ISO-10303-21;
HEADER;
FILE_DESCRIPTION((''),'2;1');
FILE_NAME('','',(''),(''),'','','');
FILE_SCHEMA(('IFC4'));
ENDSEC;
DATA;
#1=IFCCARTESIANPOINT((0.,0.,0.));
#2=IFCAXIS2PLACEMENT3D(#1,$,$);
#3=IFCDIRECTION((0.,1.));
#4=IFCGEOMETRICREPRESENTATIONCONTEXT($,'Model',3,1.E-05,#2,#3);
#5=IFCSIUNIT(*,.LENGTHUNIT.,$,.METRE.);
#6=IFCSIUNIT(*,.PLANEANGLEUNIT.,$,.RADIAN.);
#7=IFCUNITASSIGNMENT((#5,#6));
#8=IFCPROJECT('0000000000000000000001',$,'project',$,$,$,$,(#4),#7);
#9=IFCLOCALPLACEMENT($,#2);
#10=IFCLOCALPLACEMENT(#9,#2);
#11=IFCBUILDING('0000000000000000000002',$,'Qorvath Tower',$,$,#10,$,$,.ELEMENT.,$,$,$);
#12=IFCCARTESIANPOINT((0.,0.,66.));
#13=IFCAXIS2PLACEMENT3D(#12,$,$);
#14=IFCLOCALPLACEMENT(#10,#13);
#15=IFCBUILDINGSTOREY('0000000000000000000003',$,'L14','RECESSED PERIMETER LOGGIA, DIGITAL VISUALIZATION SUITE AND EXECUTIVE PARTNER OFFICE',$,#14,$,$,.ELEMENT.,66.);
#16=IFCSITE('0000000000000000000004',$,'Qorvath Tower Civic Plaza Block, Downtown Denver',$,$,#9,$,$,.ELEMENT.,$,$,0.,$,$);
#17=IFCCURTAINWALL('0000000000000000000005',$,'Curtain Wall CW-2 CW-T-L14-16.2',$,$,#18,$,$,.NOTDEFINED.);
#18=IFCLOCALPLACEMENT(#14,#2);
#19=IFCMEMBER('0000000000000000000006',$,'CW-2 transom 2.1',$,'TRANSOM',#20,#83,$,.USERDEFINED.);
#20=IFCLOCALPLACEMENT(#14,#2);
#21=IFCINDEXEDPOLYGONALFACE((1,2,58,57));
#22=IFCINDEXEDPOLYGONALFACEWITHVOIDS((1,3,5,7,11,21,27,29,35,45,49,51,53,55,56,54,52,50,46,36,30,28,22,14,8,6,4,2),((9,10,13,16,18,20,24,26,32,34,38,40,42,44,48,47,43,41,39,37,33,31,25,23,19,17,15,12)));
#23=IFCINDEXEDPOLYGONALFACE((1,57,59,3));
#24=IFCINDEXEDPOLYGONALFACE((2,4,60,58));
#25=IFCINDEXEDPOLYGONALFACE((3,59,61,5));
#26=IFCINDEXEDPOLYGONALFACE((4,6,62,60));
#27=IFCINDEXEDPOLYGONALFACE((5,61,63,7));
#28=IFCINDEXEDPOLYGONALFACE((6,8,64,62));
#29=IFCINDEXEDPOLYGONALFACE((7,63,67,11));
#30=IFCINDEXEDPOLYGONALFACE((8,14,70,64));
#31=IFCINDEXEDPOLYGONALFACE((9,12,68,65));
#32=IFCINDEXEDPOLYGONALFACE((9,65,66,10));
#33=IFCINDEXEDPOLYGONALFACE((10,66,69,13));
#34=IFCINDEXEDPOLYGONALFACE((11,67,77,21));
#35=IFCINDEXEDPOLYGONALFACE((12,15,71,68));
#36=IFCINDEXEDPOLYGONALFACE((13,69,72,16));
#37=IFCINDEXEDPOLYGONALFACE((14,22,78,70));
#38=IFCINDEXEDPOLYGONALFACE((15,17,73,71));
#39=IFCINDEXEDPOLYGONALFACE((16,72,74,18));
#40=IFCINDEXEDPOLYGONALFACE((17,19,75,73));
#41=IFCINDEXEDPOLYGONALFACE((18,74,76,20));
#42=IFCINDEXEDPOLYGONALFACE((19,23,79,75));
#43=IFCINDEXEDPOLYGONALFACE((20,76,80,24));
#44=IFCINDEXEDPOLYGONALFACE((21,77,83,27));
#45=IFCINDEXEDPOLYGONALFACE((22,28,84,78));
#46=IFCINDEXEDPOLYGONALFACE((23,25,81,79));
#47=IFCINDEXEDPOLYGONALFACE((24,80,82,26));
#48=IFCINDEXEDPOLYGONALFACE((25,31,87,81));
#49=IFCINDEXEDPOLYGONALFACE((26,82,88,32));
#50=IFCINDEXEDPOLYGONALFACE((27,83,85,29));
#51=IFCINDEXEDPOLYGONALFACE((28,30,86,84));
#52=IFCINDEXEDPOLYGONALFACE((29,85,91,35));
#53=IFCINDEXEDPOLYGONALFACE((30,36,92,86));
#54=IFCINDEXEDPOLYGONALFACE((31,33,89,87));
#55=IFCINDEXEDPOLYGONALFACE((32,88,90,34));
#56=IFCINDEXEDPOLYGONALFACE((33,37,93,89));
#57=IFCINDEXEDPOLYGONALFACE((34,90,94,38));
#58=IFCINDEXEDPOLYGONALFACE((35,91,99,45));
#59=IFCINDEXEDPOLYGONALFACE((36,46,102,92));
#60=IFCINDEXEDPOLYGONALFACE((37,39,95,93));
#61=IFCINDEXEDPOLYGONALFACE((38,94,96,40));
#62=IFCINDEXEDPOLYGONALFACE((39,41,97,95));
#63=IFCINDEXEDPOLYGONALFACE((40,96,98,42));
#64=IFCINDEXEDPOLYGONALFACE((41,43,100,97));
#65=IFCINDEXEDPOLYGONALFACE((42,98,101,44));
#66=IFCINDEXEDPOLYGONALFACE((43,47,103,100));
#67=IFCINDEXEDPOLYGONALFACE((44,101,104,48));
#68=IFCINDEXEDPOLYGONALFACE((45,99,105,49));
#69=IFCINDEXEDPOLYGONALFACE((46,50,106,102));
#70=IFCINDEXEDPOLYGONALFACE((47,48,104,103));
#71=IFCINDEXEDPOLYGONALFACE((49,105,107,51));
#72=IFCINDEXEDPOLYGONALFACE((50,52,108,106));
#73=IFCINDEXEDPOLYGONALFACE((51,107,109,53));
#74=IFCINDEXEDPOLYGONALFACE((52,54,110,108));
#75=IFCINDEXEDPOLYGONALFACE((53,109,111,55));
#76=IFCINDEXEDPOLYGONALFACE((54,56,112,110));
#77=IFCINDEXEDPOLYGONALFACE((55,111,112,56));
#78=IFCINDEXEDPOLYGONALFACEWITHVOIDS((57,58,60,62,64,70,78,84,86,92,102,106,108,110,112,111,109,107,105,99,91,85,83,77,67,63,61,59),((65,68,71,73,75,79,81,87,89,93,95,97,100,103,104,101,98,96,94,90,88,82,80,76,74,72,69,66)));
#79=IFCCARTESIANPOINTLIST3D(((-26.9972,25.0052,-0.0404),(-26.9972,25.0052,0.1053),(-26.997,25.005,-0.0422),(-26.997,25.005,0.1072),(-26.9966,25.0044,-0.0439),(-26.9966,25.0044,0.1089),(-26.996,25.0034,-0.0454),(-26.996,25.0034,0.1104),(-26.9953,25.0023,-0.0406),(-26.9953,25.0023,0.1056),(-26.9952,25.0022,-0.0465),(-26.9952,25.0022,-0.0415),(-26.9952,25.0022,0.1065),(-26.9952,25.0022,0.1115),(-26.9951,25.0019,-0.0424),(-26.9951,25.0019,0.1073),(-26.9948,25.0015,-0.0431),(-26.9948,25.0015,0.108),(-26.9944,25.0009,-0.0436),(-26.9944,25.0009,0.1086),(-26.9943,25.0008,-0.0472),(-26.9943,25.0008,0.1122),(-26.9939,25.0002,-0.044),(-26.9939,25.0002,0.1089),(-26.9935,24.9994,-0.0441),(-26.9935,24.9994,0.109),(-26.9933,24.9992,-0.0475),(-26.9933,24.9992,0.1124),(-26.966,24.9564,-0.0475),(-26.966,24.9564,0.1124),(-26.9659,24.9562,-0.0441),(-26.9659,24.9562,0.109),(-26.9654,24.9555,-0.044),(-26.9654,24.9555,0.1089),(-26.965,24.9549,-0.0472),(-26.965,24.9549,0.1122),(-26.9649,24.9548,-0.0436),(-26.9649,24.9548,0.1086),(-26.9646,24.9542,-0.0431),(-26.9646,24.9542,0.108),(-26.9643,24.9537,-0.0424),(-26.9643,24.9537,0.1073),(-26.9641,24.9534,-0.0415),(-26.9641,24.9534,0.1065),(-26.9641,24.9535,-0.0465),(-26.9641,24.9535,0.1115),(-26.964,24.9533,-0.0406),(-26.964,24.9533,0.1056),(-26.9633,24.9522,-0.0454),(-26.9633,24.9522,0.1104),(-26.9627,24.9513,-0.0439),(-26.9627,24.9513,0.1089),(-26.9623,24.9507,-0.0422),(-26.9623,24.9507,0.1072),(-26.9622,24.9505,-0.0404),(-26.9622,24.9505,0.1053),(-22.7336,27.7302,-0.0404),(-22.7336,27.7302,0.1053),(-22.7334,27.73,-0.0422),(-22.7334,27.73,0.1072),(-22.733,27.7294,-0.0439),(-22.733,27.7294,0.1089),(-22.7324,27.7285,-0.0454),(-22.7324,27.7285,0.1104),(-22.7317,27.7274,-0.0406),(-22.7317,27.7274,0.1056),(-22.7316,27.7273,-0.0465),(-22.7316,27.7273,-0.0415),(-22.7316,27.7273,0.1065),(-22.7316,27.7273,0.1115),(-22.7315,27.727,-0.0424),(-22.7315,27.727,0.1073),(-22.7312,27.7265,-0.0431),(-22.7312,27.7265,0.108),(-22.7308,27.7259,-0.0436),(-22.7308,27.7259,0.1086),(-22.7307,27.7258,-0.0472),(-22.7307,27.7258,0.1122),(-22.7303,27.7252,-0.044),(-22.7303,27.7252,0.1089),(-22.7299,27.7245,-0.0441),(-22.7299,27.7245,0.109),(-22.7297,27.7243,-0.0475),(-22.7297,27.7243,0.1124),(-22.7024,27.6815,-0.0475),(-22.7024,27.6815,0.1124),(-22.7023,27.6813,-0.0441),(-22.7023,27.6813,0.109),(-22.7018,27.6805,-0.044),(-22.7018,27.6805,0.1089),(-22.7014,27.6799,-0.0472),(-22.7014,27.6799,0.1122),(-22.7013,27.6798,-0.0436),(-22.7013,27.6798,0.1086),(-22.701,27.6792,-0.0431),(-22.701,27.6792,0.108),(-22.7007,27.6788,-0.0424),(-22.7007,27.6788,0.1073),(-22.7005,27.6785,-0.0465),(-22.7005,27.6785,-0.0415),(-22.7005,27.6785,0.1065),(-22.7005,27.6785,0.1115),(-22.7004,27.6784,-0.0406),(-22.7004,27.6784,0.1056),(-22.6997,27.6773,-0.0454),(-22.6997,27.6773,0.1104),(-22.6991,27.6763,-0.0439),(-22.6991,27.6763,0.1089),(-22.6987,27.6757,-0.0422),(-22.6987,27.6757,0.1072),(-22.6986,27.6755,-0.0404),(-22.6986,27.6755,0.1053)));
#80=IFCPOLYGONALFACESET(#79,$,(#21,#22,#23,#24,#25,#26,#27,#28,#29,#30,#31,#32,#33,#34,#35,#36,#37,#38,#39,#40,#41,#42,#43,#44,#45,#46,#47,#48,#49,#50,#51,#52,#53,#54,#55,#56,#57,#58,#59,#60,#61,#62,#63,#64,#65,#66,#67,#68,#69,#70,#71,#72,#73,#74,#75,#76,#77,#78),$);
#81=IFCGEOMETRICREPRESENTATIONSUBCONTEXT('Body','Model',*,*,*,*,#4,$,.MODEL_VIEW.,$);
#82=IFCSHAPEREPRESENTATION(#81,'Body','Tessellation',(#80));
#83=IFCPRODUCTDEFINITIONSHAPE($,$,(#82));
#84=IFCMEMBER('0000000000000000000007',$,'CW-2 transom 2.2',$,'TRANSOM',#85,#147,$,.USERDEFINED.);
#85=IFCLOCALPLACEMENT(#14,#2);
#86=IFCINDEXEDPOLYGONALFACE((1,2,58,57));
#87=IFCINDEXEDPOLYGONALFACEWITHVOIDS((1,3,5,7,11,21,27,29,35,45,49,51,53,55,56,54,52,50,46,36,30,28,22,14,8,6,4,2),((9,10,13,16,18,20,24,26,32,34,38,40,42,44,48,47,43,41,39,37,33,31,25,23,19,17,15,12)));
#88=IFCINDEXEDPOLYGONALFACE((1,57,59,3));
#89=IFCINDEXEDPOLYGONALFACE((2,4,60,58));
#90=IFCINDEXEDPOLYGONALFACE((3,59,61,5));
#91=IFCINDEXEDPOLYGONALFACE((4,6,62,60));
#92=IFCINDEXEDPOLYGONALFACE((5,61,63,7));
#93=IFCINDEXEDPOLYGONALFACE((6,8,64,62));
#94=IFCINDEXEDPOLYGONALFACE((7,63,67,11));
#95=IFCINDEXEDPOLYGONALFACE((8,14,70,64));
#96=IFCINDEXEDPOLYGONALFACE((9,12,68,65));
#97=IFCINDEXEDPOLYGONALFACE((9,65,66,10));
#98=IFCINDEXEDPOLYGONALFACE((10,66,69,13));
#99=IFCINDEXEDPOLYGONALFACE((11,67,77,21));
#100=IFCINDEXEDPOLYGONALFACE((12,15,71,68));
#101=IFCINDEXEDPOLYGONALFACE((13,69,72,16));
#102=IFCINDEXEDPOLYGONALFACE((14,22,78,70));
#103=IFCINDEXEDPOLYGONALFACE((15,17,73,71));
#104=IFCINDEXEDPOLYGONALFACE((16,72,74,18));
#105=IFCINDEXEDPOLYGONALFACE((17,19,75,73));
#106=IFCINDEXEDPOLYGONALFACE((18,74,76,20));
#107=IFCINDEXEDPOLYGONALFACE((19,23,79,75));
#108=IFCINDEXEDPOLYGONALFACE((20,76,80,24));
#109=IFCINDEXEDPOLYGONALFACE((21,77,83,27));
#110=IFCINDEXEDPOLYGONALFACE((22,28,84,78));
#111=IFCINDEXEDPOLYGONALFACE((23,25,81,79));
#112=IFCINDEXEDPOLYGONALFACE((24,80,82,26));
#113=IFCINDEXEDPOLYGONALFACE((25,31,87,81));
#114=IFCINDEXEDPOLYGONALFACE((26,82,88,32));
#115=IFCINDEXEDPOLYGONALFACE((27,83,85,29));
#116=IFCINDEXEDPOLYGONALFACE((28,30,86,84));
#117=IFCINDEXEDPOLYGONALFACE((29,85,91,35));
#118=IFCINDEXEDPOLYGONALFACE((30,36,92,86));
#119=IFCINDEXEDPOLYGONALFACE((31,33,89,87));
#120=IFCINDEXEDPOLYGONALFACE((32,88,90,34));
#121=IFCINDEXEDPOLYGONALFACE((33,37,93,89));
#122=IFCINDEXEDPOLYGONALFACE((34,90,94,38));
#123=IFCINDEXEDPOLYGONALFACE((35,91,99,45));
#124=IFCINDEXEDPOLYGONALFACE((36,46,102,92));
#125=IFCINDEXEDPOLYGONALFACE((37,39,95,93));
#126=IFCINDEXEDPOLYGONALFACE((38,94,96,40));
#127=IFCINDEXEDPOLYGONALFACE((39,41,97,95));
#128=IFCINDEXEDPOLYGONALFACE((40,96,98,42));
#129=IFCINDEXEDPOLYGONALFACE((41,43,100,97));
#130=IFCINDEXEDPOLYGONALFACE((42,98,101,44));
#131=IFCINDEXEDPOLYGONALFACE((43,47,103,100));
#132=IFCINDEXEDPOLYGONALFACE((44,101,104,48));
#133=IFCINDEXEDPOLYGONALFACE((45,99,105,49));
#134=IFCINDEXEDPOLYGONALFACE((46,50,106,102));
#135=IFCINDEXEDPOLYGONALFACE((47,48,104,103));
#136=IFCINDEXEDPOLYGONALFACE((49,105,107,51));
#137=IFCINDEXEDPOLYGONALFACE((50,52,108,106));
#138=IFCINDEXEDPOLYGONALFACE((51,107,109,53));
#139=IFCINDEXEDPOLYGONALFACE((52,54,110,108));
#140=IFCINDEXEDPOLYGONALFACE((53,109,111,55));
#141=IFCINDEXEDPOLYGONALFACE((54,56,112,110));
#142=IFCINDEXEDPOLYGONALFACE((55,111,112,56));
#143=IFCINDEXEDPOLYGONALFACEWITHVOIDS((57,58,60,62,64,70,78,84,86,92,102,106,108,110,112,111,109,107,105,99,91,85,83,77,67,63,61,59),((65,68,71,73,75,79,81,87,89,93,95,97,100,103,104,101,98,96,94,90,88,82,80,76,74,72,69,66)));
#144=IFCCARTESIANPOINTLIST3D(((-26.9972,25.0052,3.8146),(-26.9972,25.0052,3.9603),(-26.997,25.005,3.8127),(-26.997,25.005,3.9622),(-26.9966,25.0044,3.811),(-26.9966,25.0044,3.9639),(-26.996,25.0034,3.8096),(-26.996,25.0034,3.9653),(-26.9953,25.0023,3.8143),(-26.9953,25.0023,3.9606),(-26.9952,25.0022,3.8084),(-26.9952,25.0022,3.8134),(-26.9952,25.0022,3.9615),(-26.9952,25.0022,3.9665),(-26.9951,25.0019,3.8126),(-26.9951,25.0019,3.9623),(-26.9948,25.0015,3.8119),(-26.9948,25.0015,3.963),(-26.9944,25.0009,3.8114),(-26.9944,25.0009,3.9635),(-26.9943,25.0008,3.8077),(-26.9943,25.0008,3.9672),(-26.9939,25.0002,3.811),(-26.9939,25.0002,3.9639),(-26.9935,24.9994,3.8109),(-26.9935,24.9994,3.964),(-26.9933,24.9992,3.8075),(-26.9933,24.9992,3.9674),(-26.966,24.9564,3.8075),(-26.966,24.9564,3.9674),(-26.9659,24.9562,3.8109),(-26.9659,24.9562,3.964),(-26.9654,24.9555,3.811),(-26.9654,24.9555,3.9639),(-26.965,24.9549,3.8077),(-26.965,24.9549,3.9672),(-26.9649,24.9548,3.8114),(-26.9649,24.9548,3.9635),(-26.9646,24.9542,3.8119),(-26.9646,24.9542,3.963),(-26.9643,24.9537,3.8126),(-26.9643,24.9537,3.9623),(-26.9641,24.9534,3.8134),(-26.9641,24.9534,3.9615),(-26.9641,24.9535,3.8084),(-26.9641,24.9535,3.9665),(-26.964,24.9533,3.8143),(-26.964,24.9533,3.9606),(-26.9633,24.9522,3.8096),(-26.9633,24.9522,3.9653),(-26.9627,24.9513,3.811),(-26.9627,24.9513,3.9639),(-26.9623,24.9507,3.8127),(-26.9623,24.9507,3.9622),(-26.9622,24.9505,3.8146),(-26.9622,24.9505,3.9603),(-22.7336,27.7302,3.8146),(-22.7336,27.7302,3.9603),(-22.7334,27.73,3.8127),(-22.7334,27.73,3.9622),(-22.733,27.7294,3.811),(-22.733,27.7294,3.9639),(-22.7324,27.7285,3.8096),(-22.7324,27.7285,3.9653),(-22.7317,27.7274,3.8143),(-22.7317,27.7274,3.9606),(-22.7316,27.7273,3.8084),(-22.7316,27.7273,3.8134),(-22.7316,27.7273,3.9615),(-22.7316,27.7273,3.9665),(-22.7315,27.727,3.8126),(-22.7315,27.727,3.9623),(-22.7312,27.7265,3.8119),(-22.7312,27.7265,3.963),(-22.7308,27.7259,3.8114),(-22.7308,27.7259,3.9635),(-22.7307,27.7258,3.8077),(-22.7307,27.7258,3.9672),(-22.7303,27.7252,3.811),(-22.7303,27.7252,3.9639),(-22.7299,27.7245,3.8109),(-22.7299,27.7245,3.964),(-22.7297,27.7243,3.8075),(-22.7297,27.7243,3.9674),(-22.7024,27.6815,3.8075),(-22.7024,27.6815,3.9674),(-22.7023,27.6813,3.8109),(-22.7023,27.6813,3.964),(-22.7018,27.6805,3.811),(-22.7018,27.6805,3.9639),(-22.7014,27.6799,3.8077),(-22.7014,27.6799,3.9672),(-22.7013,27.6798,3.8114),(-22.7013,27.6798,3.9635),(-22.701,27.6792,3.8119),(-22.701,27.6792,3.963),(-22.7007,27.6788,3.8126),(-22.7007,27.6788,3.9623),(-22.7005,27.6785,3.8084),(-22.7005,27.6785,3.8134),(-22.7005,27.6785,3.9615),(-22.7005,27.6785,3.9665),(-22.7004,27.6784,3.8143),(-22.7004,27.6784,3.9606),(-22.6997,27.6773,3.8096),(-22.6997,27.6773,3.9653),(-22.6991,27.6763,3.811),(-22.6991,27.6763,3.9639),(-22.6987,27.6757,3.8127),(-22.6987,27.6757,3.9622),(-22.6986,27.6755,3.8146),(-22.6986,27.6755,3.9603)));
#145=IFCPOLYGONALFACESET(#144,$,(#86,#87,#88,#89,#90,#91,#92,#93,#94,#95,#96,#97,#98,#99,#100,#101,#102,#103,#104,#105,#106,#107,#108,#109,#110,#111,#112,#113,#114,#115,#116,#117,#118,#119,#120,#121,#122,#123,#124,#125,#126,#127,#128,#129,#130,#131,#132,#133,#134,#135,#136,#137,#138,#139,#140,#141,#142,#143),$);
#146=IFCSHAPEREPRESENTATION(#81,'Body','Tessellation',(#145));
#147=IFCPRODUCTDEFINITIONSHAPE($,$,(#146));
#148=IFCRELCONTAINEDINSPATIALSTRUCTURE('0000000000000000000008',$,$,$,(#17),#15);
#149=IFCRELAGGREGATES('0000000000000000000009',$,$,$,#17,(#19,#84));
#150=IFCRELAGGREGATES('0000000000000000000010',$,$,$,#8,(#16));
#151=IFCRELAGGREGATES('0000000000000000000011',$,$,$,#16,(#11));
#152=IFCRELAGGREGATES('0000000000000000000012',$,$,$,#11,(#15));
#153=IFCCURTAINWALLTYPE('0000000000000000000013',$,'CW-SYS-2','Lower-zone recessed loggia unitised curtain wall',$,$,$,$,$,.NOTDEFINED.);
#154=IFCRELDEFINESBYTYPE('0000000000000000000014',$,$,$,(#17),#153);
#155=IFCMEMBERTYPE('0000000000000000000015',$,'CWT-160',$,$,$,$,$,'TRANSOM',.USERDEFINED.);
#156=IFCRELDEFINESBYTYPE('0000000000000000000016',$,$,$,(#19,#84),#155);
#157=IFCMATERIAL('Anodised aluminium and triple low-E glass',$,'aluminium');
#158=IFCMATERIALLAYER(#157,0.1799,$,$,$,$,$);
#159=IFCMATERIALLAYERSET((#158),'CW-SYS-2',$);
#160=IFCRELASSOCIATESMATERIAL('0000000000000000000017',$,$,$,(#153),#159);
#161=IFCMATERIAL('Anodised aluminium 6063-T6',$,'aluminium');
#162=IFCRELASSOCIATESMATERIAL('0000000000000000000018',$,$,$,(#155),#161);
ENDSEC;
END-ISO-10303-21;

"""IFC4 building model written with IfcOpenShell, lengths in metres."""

from ifc_helpers import new_model, si_unit, direction, frame, origin, origin_2d, place, context, subcontext, project, spatial, hollow_rectangle, extrude, material, layer, layer_set, material_profile, profile_set, type_object, element, aggregate, save


model = new_model("IFC4")

# Units and contexts
model_context = context("Model", 3, precision=1e-05, world=origin(), true_north=direction((0.0, 1.0)))
body_context = subcontext(model_context, "Body", "Model", "MODEL_VIEW")
ifc_project = project(units=[si_unit("LENGTHUNIT", "METRE"), si_unit("PLANEANGLEUNIT", "RADIAN")], contexts=[model_context])

# Site, building, storey
site_placement = place(None, origin())
site = spatial("IfcSite", under=ifc_project, at=site_placement, Name="Qorvath Tower Civic Plaza Block, Downtown Denver", CompositionType="ELEMENT", RefElevation=0.0)
building_placement = place(site_placement, origin())
building = spatial("IfcBuilding", under=site, at=building_placement, Name="Qorvath Tower", CompositionType="ELEMENT")
storey_placement = place(building_placement, frame((0.0, 0.0, 66.0)))
storey = spatial("IfcBuildingStorey", under=building, at=storey_placement, Name="L14", Description="RECESSED PERIMETER LOGGIA, DIGITAL VISUALIZATION SUITE AND EXECUTIVE PARTNER OFFICE", CompositionType="ELEMENT", Elevation=66.0)

# Curtain wall, members
ifc_material_1 = material(Name="Anodised aluminium and triple low-E glass", Category="aluminium")
ifc_layer_1 = layer(ifc_material_1, 0.1799)
ifc_layer_set_1 = layer_set([ifc_layer_1], Name="CW-SYS-2")
curtain_wall_type = type_object("IfcCurtainWallType", Name="CW-SYS-2", Description="Lower-zone recessed loggia unitised curtain wall", PredefinedType="NOTDEFINED", material=ifc_layer_set_1)
curtain_wall_placement = place(storey_placement, origin())
curtain_wall = element("IfcCurtainWall", 1, at=curtain_wall_placement, inside=storey, type_object=curtain_wall_type, Name="Curtain Wall CW-2 CW-T-L14-16.2", PredefinedType="NOTDEFINED")
ifc_material_2 = material(Name="Anodised aluminium 6063-T6", Category="aluminium")
ifc_material_profile_1 = material_profile(ifc_material_2, hollow_rectangle(XDim=0.0649, YDim=0.1599, WallThickness=0.0034, InnerFilletRadius=0.0034, OuterFilletRadius=0.0071, at=origin_2d()), Name="CWT 160x65")
ifc_profile_set_1 = profile_set([ifc_material_profile_1], Name="Anodised aluminium 6063-T6")
member_type_1 = type_object("IfcMemberType", Name="CWT-160", ElementType="TRANSOM", PredefinedType="USERDEFINED", material=ifc_profile_set_1)
member_1_placement = place(storey_placement, frame((-22.7161, 27.7029, 0.0325), z_axis=(-0.842599, -0.538542, 0.0), x_axis=(0.538542, -0.842599, 0.0)))
member_1 = element("IfcMember", 2, at=member_1_placement, type_object=member_type_1, Name="CW-2 transom 2.1", ObjectType="TRANSOM", PredefinedType="USERDEFINED", context=body_context, shape_type="SweptSolid", body=[
    extrude(hollow_rectangle(XDim=0.0649, YDim=0.1599, WallThickness=0.0034, InnerFilletRadius=0.0034, OuterFilletRadius=0.0071, at=origin_2d()), origin(), (0.0, 0.0, 1.0), 5.0601),
])
member_2_placement = place(storey_placement, frame((-22.7161, 27.7029, 3.8875), z_axis=(-0.842599, -0.538542, 0.0), x_axis=(0.538542, -0.842599, 0.0)))
member_2 = element("IfcMember", 3, at=member_2_placement, type_object=member_type_1, Name="CW-2 transom 2.2", ObjectType="TRANSOM", PredefinedType="USERDEFINED", context=body_context, shape_type="SweptSolid", body=[
    extrude(hollow_rectangle(XDim=0.0649, YDim=0.1599, WallThickness=0.0034, InnerFilletRadius=0.0034, OuterFilletRadius=0.0071, at=origin_2d()), origin(), (0.0, 0.0, 1.0), 5.0601),
])
aggregate(curtain_wall, [member_1, member_2])

save(model, "model.ifc")
